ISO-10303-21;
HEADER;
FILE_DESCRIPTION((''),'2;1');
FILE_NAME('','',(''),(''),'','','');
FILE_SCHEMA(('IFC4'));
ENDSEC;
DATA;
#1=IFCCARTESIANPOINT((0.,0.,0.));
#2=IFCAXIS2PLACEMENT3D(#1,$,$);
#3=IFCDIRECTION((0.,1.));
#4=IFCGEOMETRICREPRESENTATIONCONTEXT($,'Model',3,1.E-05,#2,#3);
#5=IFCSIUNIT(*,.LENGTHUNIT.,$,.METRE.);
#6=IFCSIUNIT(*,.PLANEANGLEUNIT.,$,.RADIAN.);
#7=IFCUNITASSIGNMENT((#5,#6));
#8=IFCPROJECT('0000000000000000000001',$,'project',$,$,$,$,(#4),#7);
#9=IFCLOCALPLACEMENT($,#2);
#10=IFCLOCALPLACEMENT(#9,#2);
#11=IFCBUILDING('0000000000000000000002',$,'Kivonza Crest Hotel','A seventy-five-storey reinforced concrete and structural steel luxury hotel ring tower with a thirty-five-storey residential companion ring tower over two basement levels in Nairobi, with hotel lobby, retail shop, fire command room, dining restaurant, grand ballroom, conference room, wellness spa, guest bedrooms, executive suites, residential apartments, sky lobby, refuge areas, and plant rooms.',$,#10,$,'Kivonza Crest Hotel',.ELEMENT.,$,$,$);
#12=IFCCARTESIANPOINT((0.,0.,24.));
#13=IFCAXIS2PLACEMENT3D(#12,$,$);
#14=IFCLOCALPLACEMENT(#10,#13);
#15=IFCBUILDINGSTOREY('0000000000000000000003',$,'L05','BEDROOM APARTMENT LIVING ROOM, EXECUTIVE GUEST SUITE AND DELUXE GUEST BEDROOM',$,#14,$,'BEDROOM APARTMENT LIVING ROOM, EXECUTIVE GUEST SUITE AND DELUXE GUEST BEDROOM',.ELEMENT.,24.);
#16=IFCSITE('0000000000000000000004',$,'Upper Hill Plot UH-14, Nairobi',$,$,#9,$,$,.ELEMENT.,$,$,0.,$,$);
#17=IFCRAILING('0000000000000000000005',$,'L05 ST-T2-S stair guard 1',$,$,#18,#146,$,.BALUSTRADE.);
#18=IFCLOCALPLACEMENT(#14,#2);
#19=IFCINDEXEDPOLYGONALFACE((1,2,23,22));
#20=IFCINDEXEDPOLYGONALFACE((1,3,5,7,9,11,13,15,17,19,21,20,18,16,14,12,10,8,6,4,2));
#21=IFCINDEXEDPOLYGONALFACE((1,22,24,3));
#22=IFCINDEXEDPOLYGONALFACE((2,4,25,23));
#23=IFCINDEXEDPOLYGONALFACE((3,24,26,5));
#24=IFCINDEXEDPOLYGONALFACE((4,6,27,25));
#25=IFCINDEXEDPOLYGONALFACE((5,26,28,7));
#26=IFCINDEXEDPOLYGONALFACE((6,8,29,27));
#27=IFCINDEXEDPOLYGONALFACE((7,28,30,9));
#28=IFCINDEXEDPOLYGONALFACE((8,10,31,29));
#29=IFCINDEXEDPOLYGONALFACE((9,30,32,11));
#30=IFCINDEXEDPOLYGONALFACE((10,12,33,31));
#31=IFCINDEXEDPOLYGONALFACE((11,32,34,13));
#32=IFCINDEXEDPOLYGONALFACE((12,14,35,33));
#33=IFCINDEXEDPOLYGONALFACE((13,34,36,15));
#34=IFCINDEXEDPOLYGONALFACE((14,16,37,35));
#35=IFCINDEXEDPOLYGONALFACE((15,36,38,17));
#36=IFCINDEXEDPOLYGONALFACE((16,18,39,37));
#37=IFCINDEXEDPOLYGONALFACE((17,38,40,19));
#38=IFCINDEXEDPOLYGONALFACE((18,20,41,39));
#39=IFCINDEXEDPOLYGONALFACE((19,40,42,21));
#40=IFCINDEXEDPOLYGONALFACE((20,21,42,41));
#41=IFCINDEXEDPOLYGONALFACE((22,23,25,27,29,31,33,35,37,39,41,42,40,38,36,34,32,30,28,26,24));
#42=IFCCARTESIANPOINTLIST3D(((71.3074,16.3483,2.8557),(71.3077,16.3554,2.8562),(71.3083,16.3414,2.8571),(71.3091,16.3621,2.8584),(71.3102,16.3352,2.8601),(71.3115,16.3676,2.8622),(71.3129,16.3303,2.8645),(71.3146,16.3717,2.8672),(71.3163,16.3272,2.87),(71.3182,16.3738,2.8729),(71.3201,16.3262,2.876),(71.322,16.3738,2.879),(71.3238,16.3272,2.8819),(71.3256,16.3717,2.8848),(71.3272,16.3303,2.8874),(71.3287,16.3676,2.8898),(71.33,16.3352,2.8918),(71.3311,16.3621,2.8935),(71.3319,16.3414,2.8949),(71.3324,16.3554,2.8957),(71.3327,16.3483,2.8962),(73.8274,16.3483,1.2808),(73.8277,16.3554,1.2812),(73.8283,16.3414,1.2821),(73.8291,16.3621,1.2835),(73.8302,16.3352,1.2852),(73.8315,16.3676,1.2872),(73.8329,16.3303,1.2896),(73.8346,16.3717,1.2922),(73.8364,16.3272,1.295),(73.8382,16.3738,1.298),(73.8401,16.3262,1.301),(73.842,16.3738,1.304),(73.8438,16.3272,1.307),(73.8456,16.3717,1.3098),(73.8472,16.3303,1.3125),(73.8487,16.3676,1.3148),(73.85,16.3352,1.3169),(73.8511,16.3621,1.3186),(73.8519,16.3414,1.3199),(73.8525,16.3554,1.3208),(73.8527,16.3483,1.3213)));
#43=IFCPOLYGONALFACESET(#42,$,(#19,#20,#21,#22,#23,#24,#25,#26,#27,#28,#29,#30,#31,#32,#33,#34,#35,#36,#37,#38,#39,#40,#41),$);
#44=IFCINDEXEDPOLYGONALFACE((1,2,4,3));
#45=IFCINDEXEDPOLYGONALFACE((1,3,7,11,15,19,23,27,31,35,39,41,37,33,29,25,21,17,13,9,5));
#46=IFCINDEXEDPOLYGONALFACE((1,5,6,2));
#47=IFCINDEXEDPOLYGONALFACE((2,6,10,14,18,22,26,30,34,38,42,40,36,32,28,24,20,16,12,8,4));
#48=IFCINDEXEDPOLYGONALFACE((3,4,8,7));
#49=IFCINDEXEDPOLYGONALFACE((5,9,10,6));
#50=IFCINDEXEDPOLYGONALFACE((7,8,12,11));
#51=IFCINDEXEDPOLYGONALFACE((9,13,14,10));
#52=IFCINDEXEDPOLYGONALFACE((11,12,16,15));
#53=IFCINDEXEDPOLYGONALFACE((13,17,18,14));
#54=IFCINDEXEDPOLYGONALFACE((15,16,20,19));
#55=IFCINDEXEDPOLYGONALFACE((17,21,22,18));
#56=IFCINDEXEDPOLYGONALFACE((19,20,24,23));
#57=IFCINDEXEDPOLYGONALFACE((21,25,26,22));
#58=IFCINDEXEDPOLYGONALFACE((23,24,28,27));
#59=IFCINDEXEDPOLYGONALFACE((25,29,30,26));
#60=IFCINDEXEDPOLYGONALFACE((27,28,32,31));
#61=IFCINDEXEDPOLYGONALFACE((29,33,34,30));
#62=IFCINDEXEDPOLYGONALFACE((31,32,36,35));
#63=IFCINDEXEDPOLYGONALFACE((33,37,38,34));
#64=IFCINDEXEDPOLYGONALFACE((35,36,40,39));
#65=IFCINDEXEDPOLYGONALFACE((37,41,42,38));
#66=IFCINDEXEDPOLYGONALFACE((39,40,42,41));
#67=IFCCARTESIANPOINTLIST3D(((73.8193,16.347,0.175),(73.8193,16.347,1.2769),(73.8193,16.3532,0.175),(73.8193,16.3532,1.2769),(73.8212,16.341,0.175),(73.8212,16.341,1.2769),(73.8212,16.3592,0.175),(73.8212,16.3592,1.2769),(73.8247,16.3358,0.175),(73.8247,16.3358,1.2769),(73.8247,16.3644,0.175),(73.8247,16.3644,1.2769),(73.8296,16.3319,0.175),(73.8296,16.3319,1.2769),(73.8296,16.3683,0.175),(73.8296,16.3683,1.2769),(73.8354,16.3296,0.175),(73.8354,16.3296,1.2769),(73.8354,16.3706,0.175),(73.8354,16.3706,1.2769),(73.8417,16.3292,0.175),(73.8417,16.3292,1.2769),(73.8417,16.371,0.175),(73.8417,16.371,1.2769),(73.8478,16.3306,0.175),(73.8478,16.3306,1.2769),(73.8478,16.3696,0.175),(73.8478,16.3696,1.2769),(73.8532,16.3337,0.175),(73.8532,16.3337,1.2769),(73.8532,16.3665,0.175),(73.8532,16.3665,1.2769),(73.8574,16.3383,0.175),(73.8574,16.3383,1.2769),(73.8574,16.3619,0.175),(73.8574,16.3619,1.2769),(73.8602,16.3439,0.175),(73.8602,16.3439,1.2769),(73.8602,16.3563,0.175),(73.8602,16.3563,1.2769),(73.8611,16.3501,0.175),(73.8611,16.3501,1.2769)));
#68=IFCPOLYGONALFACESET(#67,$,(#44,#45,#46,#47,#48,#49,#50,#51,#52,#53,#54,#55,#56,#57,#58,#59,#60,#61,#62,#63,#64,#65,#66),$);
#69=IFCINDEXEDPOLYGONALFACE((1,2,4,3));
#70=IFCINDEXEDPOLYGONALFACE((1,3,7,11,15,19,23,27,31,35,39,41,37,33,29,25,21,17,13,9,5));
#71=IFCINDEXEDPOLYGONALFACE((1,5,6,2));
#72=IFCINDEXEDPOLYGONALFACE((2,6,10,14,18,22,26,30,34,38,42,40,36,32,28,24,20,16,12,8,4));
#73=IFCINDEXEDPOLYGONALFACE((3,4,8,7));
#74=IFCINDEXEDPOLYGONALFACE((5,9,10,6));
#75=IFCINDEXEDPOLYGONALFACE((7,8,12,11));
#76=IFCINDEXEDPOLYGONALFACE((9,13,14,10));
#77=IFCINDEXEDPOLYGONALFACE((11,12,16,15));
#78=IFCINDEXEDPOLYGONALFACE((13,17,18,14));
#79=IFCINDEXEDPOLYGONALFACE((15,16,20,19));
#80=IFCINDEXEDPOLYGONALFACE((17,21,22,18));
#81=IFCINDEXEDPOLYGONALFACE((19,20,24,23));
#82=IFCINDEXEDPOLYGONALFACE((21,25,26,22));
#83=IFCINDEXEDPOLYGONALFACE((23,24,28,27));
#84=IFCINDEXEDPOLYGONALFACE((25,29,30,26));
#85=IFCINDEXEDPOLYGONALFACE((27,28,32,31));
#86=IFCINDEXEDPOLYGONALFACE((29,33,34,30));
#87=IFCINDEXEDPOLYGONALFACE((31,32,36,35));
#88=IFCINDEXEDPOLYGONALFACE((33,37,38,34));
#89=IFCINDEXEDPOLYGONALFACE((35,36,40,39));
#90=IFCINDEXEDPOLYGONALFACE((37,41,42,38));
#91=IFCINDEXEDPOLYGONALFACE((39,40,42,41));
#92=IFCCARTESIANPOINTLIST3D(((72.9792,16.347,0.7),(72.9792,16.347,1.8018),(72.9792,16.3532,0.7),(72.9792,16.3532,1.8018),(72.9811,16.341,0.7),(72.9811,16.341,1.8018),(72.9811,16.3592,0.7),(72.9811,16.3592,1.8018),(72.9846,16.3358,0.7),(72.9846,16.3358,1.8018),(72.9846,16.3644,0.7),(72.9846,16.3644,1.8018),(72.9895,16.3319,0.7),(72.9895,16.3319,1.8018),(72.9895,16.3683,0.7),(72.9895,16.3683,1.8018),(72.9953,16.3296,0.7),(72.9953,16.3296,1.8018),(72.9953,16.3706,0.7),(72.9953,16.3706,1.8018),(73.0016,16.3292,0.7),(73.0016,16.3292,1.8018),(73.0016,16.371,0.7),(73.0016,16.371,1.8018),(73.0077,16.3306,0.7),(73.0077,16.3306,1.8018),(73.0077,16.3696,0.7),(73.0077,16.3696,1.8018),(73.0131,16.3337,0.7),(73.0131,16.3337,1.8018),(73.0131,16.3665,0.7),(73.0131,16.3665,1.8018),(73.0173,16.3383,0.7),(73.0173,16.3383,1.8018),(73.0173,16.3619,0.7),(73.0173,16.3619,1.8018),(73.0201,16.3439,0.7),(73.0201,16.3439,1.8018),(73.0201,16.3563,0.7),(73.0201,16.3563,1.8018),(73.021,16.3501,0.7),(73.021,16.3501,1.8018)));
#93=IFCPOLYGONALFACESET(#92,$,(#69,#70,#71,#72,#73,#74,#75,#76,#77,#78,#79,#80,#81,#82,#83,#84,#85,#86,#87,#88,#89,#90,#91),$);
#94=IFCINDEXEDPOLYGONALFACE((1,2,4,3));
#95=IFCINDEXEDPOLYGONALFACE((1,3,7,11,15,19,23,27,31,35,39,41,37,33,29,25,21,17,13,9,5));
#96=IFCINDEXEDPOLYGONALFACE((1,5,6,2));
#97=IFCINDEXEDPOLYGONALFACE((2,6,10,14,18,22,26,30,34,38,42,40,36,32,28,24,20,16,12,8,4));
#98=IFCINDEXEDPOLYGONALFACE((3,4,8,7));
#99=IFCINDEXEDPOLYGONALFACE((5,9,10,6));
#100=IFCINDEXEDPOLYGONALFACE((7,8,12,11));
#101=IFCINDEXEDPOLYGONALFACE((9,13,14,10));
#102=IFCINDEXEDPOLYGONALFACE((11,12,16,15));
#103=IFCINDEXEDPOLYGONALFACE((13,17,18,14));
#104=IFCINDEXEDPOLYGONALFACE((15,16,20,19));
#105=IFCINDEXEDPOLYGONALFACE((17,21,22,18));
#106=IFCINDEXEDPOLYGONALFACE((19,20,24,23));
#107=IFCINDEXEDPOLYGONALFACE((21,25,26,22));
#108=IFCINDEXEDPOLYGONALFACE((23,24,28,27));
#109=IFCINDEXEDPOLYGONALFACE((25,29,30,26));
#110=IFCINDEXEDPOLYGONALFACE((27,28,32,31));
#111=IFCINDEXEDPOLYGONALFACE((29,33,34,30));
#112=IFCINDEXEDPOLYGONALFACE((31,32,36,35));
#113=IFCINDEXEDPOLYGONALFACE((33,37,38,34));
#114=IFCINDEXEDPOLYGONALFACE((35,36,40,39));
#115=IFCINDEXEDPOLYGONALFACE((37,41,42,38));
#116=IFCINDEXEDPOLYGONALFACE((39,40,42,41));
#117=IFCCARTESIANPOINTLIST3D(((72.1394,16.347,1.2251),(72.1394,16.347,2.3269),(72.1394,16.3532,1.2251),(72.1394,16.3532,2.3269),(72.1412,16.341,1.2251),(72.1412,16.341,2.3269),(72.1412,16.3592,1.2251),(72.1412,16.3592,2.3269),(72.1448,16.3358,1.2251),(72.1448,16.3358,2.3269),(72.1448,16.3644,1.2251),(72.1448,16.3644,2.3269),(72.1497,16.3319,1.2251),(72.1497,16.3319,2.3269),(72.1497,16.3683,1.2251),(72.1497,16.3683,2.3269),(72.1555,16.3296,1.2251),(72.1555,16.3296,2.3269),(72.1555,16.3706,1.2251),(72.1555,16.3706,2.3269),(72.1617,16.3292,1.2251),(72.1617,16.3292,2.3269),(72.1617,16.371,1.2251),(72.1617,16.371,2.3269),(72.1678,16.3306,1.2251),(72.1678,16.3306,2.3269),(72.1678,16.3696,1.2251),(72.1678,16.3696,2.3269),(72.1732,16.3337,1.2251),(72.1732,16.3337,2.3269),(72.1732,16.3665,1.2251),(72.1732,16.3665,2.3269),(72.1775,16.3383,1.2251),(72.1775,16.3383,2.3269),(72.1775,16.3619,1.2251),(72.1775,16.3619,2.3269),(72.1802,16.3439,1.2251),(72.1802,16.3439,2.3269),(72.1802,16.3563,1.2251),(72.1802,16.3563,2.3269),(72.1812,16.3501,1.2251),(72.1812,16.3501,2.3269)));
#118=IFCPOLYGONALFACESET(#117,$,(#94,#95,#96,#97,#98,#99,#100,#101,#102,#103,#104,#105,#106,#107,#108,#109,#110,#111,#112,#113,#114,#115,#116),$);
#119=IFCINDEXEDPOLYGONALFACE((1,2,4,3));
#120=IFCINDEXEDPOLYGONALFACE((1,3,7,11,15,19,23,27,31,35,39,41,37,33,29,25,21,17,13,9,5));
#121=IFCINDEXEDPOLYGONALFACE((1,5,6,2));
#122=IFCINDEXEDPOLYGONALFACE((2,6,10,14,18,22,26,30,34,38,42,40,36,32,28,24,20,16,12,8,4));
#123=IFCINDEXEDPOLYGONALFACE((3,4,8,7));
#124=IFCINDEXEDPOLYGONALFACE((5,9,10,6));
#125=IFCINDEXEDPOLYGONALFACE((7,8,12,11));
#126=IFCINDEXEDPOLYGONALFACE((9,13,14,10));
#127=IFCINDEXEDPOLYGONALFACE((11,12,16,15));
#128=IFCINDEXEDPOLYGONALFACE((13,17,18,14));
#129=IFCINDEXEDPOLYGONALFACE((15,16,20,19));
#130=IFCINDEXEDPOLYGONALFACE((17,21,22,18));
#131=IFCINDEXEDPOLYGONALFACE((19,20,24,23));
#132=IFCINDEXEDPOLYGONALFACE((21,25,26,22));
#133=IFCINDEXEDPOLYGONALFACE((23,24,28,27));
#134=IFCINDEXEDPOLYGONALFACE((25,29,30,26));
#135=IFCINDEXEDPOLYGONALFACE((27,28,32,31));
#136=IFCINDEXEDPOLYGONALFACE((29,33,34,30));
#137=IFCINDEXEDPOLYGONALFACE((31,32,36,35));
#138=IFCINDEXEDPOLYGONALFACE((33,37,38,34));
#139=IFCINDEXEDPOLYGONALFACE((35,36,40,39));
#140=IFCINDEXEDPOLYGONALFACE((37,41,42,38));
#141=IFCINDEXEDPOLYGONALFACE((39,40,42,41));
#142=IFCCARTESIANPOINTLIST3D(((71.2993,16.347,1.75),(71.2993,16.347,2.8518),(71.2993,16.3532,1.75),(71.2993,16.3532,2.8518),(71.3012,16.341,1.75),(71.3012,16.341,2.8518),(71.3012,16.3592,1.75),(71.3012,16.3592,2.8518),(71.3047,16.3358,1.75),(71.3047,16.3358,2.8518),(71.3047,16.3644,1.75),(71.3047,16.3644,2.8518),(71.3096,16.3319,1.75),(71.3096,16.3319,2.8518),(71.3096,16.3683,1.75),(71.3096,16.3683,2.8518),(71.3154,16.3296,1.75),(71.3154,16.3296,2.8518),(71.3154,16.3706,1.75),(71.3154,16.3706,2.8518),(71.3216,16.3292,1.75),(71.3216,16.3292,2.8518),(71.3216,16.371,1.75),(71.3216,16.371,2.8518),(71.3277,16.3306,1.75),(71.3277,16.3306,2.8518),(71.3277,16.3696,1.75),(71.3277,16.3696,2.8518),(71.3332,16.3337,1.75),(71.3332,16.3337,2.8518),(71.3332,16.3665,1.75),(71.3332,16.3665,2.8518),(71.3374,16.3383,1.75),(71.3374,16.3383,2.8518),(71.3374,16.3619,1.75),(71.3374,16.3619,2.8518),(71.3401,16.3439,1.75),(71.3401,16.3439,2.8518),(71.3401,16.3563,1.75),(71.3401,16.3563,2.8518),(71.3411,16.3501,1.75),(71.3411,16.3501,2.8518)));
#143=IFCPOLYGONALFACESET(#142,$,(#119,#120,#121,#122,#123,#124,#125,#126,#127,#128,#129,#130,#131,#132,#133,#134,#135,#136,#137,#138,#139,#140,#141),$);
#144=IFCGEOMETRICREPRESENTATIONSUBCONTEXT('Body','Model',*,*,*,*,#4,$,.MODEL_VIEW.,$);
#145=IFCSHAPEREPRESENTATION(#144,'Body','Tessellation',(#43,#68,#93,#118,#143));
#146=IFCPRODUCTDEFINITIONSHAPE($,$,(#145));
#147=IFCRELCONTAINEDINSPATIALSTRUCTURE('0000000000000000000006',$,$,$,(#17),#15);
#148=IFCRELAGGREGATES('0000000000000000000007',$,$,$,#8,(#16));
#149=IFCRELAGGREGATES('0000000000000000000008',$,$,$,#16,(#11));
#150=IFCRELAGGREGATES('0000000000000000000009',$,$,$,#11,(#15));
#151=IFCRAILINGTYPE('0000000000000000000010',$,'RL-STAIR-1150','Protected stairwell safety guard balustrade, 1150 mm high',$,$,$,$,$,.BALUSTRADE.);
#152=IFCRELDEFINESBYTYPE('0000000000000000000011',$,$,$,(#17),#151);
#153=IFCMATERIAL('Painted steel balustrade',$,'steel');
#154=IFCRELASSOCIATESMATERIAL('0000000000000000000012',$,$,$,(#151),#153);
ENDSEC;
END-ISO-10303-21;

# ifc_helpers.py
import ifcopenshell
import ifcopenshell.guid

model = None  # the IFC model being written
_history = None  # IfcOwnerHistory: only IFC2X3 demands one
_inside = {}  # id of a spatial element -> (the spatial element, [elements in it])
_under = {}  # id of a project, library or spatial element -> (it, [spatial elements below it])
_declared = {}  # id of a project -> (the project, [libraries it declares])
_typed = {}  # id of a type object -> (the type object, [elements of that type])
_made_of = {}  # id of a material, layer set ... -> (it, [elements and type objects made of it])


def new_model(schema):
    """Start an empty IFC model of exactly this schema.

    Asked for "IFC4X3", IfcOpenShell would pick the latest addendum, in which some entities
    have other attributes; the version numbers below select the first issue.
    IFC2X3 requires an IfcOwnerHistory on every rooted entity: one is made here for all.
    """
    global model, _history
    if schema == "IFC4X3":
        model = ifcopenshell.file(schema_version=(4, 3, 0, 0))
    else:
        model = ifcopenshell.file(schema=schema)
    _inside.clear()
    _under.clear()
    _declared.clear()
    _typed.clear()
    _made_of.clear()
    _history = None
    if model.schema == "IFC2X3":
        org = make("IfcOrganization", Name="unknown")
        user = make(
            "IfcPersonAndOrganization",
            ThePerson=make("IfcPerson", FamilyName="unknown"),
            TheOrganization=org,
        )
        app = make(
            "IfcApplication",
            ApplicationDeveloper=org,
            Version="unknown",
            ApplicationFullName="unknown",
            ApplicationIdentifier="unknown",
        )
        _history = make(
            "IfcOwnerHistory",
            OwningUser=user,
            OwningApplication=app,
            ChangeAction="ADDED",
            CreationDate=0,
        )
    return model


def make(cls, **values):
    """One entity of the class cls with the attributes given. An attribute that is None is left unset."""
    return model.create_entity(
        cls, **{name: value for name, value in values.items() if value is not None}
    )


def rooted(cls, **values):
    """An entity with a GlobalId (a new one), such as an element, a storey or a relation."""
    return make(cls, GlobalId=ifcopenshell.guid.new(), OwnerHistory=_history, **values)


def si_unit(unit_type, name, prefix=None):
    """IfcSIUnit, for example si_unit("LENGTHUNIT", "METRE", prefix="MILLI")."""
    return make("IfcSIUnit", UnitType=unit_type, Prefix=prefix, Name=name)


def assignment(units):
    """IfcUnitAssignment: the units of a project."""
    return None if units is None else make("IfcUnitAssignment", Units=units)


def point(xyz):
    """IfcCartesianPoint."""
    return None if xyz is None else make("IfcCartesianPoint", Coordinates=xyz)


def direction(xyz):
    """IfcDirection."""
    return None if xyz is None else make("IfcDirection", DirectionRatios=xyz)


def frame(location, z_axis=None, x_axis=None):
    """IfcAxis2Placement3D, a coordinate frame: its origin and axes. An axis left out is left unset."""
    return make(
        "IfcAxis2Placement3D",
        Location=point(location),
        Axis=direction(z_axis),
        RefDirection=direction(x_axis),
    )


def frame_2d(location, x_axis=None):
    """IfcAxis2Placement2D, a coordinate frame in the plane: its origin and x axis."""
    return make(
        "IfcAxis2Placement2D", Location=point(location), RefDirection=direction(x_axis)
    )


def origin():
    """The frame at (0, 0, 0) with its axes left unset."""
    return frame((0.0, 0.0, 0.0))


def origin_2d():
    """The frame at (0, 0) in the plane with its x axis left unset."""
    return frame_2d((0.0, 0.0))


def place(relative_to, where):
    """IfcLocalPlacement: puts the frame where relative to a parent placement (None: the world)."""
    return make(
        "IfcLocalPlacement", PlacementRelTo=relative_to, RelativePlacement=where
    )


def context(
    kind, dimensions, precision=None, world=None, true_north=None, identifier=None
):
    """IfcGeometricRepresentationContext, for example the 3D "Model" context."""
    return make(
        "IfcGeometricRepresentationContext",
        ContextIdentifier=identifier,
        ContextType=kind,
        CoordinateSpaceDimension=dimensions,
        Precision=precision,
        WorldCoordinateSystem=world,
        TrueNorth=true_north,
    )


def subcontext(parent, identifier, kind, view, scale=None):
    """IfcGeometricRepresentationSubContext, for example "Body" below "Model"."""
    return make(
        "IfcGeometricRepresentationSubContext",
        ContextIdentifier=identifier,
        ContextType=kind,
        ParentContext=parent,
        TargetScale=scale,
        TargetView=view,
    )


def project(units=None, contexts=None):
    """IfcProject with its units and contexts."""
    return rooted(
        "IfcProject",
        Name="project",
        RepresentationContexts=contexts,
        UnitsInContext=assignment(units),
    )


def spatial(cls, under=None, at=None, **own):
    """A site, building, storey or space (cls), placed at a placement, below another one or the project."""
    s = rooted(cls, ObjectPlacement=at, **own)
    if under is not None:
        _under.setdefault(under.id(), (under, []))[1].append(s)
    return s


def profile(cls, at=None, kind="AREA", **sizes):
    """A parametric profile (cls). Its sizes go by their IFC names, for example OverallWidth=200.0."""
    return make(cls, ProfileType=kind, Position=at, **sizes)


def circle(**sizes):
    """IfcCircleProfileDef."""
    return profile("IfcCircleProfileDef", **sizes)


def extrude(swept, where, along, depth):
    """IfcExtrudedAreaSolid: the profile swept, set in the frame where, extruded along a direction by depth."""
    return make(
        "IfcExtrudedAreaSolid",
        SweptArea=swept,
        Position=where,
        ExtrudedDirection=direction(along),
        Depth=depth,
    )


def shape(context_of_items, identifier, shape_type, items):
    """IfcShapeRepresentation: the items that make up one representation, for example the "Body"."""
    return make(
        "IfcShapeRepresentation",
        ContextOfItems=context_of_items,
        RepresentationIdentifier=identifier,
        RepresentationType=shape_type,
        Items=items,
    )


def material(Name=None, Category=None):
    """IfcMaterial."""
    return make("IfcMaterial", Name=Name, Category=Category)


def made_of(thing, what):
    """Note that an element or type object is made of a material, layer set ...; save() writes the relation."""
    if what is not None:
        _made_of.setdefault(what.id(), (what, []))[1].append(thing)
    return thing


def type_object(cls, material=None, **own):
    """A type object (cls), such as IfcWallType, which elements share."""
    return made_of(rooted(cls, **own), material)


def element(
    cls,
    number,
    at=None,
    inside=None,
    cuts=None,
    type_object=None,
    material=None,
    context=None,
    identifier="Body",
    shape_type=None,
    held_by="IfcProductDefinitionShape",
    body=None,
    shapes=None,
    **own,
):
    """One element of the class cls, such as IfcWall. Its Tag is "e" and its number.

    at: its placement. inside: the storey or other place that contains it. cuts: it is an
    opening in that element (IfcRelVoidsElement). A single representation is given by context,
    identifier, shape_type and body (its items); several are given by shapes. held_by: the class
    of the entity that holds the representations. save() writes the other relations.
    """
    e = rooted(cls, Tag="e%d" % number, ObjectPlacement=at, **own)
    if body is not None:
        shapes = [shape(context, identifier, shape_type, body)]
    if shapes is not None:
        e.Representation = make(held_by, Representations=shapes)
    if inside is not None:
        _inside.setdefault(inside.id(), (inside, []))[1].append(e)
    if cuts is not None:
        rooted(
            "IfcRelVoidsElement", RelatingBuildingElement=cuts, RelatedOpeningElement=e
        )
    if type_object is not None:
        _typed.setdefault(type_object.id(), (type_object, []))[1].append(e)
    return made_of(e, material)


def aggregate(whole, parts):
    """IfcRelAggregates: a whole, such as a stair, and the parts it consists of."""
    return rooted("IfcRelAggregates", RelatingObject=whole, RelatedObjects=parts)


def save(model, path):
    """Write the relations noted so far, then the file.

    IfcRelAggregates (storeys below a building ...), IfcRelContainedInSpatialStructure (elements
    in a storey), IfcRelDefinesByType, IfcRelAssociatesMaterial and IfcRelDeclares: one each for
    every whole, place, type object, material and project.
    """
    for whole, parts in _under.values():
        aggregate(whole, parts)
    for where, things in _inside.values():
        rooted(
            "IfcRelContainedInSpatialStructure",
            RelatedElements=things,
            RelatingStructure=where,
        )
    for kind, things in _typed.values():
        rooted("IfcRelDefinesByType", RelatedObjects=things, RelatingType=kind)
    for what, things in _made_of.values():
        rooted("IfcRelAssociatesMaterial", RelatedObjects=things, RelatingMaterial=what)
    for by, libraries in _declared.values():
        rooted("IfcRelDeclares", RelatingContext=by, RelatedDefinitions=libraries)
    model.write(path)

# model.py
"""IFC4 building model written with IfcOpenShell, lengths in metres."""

from ifc_helpers import new_model, si_unit, direction, frame, origin, origin_2d, place, context, subcontext, project, spatial, circle, extrude, material, type_object, element, save


model = new_model("IFC4")

# Units and contexts
model_context = context("Model", 3, precision=1e-05, world=origin(), true_north=direction((0.0, 1.0)))
body_context = subcontext(model_context, "Body", "Model", "MODEL_VIEW")
ifc_project = project(units=[si_unit("LENGTHUNIT", "METRE"), si_unit("PLANEANGLEUNIT", "RADIAN")], contexts=[model_context])

# Site, building, storey
site_placement = place(None, origin())
site = spatial("IfcSite", under=ifc_project, at=site_placement, Name="Upper Hill Plot UH-14, Nairobi", CompositionType="ELEMENT", RefElevation=0.0)
building_placement = place(site_placement, origin())
building = spatial("IfcBuilding", under=site, at=building_placement, Name="Kivonza Crest Hotel", Description="A seventy-five-storey reinforced concrete and structural steel luxury hotel ring tower with a thirty-five-storey residential companion ring tower over two basement levels in Nairobi, with hotel lobby, retail shop, fire command room, dining restaurant, grand ballroom, conference room, wellness spa, guest bedrooms, executive suites, residential apartments, sky lobby, refuge areas, and plant rooms.", LongName="Kivonza Crest Hotel", CompositionType="ELEMENT")
storey_placement = place(building_placement, frame((0.0, 0.0, 24.0)))
storey = spatial("IfcBuildingStorey", under=building, at=storey_placement, Name="L05", Description="BEDROOM APARTMENT LIVING ROOM, EXECUTIVE GUEST SUITE AND DELUXE GUEST BEDROOM", LongName="BEDROOM APARTMENT LIVING ROOM, EXECUTIVE GUEST SUITE AND DELUXE GUEST BEDROOM", CompositionType="ELEMENT", Elevation=24.0)

# Railing
ifc_material_1 = material(Name="Painted steel balustrade", Category="steel")
railing_type_1 = type_object("IfcRailingType", Name="RL-STAIR-1150", Description="Protected stairwell safety guard balustrade, 1150 mm high", PredefinedType="BALUSTRADE", material=ifc_material_1)
railing_1_placement = place(storey_placement, frame((73.8401, 16.3501, 0.175)))
element("IfcRailing", 1, at=railing_1_placement, inside=storey, type_object=railing_type_1, Name="L05 ST-T2-S stair guard 1", PredefinedType="BALUSTRADE", context=body_context, shape_type="SweptSolid", body=[
    extrude(circle(Radius=0.0239, at=origin_2d()), frame((0.0, 0.0, 1.126), z_axis=(-0.848008, 0.0, 0.529984), x_axis=(0.0, -1.0, 0.0)), (0.0, 0.0, 1.0), 2.9717),
    extrude(circle(Radius=0.021, at=origin_2d()), origin(), (0.0, 0.0, 1.0), 1.1018),
    extrude(circle(Radius=0.021, at=origin_2d()), frame((-0.8401, 0.0, 0.5249)), (0.0, 0.0, 1.0), 1.1018),
    extrude(circle(Radius=0.021, at=origin_2d()), frame((-1.6799, 0.0, 1.05)), (0.0, 0.0, 1.0), 1.1018),
    extrude(circle(Radius=0.021, at=origin_2d()), frame((-2.52, 0.0, 1.575)), (0.0, 0.0, 1.0), 1.1018),
])

save(model, "model.ifc")
